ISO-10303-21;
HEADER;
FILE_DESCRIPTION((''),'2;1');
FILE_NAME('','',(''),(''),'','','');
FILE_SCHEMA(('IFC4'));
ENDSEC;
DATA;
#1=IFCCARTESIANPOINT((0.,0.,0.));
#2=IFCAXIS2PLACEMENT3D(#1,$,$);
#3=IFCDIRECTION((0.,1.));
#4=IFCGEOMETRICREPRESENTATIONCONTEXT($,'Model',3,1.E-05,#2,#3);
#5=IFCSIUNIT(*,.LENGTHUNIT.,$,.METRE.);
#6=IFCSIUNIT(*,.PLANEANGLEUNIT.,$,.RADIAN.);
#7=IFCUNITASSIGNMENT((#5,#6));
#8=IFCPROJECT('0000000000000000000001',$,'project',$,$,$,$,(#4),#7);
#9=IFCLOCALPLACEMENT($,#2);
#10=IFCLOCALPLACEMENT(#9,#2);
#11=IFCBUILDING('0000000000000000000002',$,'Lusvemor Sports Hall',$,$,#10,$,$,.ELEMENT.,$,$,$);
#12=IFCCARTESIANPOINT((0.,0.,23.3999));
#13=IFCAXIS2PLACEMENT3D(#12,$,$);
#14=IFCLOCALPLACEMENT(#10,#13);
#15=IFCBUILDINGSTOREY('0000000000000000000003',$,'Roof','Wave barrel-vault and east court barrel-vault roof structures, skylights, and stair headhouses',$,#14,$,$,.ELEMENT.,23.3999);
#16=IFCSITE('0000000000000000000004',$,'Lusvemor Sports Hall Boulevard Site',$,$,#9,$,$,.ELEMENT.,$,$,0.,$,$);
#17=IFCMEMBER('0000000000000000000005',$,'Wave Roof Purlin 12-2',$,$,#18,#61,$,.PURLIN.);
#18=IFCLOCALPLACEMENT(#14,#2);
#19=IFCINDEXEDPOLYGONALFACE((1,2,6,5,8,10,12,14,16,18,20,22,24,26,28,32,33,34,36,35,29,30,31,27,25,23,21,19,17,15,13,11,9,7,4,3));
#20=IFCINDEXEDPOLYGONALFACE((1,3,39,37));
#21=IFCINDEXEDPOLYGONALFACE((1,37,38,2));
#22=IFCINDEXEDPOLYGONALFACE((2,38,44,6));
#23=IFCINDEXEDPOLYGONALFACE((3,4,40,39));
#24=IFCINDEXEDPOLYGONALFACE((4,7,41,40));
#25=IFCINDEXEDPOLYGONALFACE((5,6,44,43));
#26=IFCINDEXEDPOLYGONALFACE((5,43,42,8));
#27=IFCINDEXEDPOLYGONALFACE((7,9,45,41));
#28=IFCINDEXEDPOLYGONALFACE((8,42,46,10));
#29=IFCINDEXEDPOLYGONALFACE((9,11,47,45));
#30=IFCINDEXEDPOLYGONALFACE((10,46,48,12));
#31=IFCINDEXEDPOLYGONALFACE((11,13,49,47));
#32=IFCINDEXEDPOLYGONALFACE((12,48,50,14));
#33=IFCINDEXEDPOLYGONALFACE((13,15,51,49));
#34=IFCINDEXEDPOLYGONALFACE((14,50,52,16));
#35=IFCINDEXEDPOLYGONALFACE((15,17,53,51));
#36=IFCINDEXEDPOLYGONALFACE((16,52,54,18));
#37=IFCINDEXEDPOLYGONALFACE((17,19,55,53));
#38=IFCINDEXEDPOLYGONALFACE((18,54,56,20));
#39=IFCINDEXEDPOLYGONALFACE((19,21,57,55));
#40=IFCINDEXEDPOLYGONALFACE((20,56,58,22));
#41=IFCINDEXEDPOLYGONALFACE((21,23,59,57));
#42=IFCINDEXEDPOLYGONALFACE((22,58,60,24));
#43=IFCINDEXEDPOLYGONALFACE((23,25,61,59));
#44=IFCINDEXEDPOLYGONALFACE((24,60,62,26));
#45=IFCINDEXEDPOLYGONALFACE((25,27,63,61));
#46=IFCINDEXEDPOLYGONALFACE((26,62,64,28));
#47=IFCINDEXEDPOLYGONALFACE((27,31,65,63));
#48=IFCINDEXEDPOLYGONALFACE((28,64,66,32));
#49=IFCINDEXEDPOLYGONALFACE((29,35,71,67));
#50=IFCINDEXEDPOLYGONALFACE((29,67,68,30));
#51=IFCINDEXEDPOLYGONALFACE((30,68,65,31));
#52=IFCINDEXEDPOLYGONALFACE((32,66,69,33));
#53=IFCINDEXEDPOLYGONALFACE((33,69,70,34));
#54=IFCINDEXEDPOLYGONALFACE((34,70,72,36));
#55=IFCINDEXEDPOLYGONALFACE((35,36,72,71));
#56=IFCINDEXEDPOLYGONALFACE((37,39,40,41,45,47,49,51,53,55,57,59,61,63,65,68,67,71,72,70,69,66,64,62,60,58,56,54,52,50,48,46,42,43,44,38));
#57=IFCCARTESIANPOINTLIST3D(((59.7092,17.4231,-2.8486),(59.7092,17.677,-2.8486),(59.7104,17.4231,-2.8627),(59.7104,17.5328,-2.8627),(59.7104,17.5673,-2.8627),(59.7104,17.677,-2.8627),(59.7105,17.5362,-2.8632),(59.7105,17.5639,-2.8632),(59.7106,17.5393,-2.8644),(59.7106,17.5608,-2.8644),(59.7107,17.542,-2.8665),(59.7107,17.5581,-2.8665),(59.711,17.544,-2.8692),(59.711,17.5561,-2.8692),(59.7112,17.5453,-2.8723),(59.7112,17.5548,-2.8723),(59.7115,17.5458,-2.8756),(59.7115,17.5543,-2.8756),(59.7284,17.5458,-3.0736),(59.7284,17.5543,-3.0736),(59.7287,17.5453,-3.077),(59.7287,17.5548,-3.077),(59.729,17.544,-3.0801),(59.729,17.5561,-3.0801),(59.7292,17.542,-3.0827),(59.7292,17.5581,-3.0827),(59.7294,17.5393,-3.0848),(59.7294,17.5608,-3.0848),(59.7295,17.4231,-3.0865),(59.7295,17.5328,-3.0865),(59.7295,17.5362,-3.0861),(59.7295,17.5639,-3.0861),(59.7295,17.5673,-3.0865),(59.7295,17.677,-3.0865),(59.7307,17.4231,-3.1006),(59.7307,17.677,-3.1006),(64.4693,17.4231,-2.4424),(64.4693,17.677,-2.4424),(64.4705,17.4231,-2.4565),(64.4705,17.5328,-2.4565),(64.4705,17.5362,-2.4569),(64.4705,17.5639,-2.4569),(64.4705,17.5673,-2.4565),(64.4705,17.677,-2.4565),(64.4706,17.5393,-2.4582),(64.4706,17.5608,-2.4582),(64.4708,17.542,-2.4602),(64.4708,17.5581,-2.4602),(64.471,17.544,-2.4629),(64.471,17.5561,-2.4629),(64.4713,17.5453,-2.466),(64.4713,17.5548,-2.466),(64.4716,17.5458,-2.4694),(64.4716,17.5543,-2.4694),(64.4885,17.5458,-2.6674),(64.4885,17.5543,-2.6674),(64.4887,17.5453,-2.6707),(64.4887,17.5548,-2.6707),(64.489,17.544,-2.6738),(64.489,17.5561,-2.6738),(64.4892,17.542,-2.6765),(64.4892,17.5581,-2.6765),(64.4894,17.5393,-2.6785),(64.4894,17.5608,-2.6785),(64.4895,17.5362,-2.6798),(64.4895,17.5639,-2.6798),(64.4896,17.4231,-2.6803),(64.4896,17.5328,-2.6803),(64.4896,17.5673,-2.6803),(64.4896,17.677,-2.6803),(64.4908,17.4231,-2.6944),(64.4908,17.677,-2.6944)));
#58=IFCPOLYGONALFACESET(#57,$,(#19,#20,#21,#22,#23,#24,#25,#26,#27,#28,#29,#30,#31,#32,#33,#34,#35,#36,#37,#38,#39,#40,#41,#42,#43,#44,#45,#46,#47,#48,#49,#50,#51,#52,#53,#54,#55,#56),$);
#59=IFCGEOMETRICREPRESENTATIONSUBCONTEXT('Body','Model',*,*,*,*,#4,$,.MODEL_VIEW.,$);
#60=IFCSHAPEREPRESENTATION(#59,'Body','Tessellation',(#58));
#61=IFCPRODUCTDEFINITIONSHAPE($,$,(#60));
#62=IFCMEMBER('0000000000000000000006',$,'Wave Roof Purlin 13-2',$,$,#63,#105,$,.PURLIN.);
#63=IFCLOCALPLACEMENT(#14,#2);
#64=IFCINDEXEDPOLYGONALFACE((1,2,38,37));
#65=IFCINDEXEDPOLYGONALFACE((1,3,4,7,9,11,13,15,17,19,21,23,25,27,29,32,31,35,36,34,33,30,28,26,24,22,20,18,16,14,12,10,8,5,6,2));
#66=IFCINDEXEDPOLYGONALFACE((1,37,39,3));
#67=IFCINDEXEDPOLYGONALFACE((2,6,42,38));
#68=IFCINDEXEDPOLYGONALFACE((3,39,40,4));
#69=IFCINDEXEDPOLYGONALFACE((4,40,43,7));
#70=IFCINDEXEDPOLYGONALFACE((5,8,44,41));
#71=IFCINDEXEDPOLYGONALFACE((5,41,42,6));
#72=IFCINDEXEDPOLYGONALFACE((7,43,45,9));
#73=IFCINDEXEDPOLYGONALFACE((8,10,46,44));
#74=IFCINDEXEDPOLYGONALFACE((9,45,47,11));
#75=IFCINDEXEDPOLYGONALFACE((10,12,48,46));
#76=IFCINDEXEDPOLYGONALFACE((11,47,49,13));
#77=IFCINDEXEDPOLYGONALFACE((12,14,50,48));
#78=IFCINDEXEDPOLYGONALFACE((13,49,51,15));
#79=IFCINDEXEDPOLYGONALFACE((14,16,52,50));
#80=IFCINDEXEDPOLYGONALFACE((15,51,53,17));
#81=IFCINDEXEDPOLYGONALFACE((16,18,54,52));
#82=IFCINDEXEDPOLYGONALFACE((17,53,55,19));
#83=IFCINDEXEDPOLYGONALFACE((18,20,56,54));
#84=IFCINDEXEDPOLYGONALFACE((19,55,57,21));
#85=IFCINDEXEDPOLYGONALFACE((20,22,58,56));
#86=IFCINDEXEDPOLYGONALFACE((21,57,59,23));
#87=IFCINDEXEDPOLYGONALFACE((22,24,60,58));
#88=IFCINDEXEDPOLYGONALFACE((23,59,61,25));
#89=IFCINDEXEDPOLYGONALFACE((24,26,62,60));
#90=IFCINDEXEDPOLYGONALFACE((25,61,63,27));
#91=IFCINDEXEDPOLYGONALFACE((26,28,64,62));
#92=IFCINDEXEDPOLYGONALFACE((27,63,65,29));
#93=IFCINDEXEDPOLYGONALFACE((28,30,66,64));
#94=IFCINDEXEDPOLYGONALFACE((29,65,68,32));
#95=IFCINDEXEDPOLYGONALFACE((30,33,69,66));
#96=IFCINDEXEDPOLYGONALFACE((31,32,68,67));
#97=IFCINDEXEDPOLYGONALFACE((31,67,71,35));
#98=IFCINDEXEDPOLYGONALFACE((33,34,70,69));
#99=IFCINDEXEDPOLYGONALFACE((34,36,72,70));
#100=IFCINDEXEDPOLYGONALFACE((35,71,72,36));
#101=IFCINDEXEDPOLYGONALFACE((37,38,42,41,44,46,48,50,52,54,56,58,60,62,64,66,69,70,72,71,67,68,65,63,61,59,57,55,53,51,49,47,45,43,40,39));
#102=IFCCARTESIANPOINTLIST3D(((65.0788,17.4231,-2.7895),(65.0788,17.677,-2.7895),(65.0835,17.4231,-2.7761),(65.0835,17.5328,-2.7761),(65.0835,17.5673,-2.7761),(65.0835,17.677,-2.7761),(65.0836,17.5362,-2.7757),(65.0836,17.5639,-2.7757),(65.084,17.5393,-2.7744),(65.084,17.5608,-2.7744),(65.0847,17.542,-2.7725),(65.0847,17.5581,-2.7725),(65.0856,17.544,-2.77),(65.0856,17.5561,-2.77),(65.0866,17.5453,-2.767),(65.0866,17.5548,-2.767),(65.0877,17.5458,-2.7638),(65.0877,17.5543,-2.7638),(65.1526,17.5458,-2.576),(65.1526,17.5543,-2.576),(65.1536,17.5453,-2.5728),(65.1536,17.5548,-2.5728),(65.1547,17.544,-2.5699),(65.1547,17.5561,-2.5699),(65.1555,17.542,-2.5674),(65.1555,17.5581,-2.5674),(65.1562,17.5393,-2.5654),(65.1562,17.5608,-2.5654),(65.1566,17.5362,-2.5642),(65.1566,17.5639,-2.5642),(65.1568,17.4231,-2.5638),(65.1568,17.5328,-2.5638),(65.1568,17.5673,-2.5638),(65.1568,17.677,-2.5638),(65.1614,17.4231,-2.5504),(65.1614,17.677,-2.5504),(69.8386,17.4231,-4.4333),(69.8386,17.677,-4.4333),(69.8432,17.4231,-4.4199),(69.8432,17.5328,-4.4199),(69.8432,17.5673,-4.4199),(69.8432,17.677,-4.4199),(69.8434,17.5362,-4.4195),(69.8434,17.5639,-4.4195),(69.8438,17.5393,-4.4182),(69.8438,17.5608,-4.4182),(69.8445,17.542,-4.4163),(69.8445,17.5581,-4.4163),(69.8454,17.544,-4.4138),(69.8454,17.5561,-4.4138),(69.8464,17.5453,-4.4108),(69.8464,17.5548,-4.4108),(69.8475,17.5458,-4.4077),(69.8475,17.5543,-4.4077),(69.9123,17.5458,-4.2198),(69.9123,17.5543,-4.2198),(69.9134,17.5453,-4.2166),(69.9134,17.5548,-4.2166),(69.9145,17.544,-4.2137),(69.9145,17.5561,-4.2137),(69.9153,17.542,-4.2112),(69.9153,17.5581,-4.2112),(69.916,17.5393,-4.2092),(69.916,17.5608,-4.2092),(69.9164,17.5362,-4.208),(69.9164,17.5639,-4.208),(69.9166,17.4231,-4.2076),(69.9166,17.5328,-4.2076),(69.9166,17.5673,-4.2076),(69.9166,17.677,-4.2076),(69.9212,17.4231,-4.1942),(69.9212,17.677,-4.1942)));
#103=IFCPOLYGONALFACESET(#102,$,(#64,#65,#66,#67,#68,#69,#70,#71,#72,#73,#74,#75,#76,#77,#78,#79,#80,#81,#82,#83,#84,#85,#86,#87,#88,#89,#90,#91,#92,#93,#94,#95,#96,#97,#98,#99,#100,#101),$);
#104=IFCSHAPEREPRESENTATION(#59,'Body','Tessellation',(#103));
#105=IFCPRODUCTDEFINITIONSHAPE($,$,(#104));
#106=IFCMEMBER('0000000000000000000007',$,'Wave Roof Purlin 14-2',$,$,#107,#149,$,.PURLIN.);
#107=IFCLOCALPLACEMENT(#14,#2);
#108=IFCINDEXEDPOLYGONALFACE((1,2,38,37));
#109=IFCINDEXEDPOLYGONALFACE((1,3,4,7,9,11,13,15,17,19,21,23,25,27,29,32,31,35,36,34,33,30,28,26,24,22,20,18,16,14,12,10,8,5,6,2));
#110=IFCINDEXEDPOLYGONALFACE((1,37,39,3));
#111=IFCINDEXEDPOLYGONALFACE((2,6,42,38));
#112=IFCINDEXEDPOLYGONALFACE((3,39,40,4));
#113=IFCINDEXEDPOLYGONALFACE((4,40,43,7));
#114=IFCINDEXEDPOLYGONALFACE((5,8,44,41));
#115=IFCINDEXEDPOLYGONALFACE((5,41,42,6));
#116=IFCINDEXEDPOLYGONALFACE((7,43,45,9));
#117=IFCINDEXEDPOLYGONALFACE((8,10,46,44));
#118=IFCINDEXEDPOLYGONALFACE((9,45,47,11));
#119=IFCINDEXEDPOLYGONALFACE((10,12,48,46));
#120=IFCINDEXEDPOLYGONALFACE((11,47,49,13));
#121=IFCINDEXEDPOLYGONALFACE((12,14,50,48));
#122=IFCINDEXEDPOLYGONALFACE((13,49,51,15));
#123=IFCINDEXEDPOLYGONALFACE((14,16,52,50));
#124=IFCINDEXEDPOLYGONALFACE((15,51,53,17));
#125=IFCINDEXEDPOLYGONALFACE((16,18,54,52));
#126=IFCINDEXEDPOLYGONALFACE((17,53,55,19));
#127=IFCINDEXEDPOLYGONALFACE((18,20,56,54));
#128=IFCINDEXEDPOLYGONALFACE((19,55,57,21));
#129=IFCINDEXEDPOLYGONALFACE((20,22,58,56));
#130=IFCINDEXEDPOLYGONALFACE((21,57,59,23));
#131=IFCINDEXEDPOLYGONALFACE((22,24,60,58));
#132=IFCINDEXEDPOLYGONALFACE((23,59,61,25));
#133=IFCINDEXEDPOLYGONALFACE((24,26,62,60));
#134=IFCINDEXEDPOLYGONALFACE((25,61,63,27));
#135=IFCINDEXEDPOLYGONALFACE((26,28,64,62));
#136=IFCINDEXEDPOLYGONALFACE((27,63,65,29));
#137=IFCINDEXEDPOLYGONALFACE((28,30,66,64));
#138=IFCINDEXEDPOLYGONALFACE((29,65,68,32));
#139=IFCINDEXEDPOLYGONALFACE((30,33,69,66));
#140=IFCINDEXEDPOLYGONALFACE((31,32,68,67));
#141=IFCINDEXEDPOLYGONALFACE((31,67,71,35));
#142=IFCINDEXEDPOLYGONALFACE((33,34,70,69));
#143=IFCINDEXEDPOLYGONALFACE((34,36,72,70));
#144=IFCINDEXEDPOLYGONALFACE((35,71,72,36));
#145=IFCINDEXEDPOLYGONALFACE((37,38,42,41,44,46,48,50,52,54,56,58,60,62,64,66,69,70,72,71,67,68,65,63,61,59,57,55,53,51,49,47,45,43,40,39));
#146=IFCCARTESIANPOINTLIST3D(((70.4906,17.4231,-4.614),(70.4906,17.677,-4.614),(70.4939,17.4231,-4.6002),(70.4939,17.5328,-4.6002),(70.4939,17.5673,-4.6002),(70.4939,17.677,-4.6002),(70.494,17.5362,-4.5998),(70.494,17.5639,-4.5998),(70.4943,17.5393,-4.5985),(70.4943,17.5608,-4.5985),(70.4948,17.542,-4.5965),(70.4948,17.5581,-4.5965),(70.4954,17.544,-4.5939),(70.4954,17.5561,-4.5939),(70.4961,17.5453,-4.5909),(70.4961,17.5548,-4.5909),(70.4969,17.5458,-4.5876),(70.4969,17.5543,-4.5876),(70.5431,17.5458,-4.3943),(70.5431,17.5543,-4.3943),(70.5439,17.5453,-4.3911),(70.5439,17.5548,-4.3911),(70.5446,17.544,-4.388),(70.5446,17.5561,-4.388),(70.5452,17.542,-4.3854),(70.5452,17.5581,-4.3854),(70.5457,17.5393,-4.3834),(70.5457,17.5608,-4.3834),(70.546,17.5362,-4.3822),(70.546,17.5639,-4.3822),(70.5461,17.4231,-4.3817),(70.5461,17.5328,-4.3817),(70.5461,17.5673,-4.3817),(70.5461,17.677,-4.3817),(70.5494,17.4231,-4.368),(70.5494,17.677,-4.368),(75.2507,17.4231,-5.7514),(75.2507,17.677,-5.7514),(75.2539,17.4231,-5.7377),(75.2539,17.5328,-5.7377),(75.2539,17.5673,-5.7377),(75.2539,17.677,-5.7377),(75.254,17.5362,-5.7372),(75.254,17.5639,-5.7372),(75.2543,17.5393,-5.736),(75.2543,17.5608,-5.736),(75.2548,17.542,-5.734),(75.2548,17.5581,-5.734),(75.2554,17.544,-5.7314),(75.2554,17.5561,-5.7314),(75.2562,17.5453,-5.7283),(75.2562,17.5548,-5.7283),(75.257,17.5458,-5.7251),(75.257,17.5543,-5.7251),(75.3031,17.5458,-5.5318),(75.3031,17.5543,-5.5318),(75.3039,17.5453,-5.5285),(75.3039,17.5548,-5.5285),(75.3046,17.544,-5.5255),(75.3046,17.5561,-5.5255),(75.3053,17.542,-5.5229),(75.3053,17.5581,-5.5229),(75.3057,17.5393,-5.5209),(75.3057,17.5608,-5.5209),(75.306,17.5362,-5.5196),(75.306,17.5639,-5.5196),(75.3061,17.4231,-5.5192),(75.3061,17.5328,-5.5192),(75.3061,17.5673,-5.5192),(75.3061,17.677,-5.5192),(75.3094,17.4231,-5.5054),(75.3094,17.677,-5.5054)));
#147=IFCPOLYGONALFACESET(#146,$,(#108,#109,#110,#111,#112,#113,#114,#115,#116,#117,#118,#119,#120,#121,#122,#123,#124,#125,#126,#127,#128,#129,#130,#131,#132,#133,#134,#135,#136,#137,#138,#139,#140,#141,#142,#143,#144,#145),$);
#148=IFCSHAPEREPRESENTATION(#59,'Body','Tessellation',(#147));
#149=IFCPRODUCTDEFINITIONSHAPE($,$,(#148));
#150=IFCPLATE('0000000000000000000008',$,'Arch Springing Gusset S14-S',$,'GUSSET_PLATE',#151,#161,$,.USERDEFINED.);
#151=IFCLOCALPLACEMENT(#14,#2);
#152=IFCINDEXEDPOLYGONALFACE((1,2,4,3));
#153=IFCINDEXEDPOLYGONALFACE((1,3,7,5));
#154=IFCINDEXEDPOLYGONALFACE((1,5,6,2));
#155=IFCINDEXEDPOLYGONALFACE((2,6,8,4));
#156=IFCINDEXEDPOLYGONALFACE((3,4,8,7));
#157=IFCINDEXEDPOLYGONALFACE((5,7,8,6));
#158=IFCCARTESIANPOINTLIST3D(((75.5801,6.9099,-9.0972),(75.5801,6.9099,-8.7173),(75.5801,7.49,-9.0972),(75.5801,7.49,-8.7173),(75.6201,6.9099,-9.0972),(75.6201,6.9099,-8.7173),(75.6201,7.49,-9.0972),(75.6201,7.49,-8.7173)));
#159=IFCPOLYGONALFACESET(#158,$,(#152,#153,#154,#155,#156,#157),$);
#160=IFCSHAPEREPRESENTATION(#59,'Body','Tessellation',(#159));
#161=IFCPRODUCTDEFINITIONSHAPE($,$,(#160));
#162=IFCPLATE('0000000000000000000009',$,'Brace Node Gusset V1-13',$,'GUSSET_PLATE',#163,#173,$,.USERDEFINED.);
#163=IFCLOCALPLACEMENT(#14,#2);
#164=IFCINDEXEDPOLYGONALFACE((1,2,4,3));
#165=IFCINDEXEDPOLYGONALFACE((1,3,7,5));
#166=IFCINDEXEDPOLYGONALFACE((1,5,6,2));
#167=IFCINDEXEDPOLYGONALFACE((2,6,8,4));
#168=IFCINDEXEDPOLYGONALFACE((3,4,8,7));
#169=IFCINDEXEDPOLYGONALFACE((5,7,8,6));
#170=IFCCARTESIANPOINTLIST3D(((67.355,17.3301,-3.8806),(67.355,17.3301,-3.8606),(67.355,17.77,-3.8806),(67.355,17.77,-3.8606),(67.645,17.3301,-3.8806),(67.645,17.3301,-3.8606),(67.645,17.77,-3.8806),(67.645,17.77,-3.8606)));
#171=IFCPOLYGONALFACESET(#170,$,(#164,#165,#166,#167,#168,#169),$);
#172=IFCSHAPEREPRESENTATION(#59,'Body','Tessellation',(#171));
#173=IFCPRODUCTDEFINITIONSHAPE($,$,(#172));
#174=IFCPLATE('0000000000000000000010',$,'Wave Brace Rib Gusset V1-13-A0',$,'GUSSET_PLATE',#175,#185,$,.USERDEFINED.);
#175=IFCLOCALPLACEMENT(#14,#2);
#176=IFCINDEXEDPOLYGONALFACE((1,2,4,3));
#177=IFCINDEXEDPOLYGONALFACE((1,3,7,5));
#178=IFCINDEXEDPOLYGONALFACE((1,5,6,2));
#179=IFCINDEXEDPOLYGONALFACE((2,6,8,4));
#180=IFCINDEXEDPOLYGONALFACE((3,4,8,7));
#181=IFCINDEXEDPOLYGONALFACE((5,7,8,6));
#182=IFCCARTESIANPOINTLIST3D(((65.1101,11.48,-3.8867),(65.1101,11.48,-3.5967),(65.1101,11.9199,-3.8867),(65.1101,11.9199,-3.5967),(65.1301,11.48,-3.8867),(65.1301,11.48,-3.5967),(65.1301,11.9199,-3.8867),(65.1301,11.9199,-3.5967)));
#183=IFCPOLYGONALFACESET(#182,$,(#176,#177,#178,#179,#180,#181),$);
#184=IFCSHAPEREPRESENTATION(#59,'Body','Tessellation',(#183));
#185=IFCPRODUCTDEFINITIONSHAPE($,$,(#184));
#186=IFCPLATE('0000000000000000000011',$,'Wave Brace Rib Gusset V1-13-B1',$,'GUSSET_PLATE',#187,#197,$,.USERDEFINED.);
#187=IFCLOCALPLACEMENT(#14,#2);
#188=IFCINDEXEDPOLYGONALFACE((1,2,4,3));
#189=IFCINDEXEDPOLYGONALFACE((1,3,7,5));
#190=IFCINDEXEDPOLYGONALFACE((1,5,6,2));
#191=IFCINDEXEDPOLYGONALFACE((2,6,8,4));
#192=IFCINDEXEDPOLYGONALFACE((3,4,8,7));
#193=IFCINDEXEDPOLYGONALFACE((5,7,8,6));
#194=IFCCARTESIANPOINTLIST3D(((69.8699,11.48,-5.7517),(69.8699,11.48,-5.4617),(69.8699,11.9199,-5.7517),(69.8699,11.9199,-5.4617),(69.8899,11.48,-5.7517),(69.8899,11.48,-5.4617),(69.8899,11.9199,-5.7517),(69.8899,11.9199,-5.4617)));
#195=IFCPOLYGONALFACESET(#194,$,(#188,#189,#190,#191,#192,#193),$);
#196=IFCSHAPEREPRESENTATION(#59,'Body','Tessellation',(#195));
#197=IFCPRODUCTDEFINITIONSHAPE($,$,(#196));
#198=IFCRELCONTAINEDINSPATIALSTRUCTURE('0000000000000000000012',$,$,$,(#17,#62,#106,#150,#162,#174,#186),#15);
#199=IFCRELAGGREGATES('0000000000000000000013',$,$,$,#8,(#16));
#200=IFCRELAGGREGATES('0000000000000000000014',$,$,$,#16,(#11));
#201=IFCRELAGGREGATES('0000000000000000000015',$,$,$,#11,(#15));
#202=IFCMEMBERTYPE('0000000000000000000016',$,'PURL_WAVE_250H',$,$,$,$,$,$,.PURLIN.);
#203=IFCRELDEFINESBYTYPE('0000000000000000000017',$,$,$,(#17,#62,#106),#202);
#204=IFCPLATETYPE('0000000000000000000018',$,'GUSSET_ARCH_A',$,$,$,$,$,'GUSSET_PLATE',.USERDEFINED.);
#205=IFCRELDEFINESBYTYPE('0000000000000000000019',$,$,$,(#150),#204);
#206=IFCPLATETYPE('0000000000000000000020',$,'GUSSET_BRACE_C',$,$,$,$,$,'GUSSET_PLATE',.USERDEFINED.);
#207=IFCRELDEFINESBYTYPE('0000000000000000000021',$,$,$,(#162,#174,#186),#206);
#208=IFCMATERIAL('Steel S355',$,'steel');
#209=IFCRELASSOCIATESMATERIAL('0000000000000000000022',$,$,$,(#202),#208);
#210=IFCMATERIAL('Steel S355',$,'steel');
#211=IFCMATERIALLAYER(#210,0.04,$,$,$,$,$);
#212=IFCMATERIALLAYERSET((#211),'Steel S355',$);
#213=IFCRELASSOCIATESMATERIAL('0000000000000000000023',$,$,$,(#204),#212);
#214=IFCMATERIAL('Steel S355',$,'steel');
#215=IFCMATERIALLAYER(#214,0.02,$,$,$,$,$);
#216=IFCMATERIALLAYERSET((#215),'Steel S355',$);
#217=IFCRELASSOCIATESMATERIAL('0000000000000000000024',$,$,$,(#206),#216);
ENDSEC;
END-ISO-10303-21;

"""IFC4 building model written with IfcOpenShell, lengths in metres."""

from ifc_helpers import new_model, si_unit, direction, frame, origin, origin_2d, place, context, subcontext, project, spatial, rectangle, i_section, extrude, material, layer, layer_set, material_profile, profile_set, type_object, element, save


model = new_model("IFC4")

# Units and contexts
model_context = context("Model", 3, precision=1e-05, world=origin(), true_north=direction((0.0, 1.0)))
body_context = subcontext(model_context, "Body", "Model", "MODEL_VIEW")
ifc_project = project(units=[si_unit("LENGTHUNIT", "METRE"), si_unit("PLANEANGLEUNIT", "RADIAN")], contexts=[model_context])

# Site, building, storey
site_placement = place(None, origin())
site = spatial("IfcSite", under=ifc_project, at=site_placement, Name="Lusvemor Sports Hall Boulevard Site", CompositionType="ELEMENT", RefElevation=0.0)
building_placement = place(site_placement, origin())
building = spatial("IfcBuilding", under=site, at=building_placement, Name="Lusvemor Sports Hall", CompositionType="ELEMENT")
storey_placement = place(building_placement, frame((0.0, 0.0, 23.3999)))
storey = spatial("IfcBuildingStorey", under=building, at=storey_placement, Name="Roof", Description="Wave barrel-vault and east court barrel-vault roof structures, skylights, and stair headhouses", CompositionType="ELEMENT", Elevation=23.3999)

# Members
ifc_material_1 = material(Name="Steel S355", Category="steel")
ifc_material_profile_1 = material_profile(ifc_material_1, i_section(OverallWidth=0.2539, OverallDepth=0.2529, WebThickness=0.0085, FlangeThickness=0.0142, FilletRadius=0.0129, at=origin_2d()), Name="W250x73.0")
ifc_profile_set_1 = profile_set([ifc_material_profile_1], Name="Steel S355")
member_type_1 = type_object("IfcMemberType", Name="PURL_WAVE_250H", PredefinedType="PURLIN", material=ifc_profile_set_1)
member_1_placement = place(storey_placement, frame((59.72, 17.55, -2.9746), z_axis=(0.996378, 0.0, 0.085037), x_axis=(0.0, 1.0, 0.0)))
element("IfcMember", 1, at=member_1_placement, inside=storey, type_object=member_type_1, Name="Wave Roof Purlin 12-2", PredefinedType="PURLIN", context=body_context, shape_type="SweptSolid", body=[
    extrude(i_section(OverallWidth=0.2539, OverallDepth=0.2529, WebThickness=0.0085, FlangeThickness=0.0142, FilletRadius=0.0129, at=origin_2d()), origin(), (0.0, 0.0, 1.0), 4.7773),
])
member_2_placement = place(storey_placement, frame((65.1201, 17.55, -2.6699), z_axis=(0.94522, 0.0, -0.326434), x_axis=(0.0, 1.0, 0.0)))
element("IfcMember", 2, at=member_2_placement, inside=storey, type_object=member_type_1, Name="Wave Roof Purlin 13-2", PredefinedType="PURLIN", context=body_context, shape_type="SweptSolid", body=[
    extrude(i_section(OverallWidth=0.2539, OverallDepth=0.2529, WebThickness=0.0085, FlangeThickness=0.0142, FilletRadius=0.0129, at=origin_2d()), origin(), (0.0, 0.0, 1.0), 5.0356),
])
member_3_placement = place(storey_placement, frame((70.52, 17.55, -4.491), z_axis=(0.972616, 0.0, -0.232416), x_axis=(0.0, 1.0, 0.0)))
element("IfcMember", 3, at=member_3_placement, inside=storey, type_object=member_type_1, Name="Wave Roof Purlin 14-2", PredefinedType="PURLIN", context=body_context, shape_type="SweptSolid", body=[
    extrude(i_section(OverallWidth=0.2539, OverallDepth=0.2529, WebThickness=0.0085, FlangeThickness=0.0142, FilletRadius=0.0129, at=origin_2d()), origin(), (0.0, 0.0, 1.0), 4.894),
])

# Plates
ifc_material_2 = material(Name="Steel S355", Category="steel")
ifc_layer_1 = layer(ifc_material_2, 0.04)
ifc_layer_set_1 = layer_set([ifc_layer_1], Name="Steel S355")
plate_type_1 = type_object("IfcPlateType", Name="GUSSET_ARCH_A", ElementType="GUSSET_PLATE", PredefinedType="USERDEFINED", material=ifc_layer_set_1)
plate_1_placement = place(storey_placement, frame((75.6001, 7.2, -9.0972), z_axis=(0.0, 0.0, 1.0), x_axis=(1.0, 0.0, 0.0)))
element("IfcPlate", 4, at=plate_1_placement, inside=storey, type_object=plate_type_1, Name="Arch Springing Gusset S14-S", ObjectType="GUSSET_PLATE", PredefinedType="USERDEFINED", context=body_context, shape_type="SweptSolid", body=[
    extrude(rectangle(XDim=0.04, YDim=0.5801, at=origin_2d()), origin(), (0.0, 0.0, 1.0), 0.3799),
])
ifc_material_3 = material(Name="Steel S355", Category="steel")
ifc_layer_2 = layer(ifc_material_3, 0.02)
ifc_layer_set_2 = layer_set([ifc_layer_2], Name="Steel S355")
plate_type_2 = type_object("IfcPlateType", Name="GUSSET_BRACE_C", ElementType="GUSSET_PLATE", PredefinedType="USERDEFINED", material=ifc_layer_set_2)
plate_2_placement = place(storey_placement, frame((67.5, 17.55, -3.8806), z_axis=(0.0, 0.0, 1.0), x_axis=(1.0, 0.0, 0.0)))
element("IfcPlate", 5, at=plate_2_placement, inside=storey, type_object=plate_type_2, Name="Brace Node Gusset V1-13", ObjectType="GUSSET_PLATE", PredefinedType="USERDEFINED", context=body_context, shape_type="SweptSolid", body=[
    extrude(rectangle(XDim=0.29, YDim=0.4399, at=origin_2d()), origin(), (0.0, 0.0, 1.0), 0.02),
])
for number, where, z_axis, x_axis, name in (
    (6, (65.1201, 11.7, -3.8867), (0.0, 0.0, 1.0), (1.0, 0.0, 0.0), "Wave Brace Rib Gusset V1-13-A0"),
    (7, (69.8799, 11.7, -5.7517), (0.0, 0.0, 1.0), (1.0, 0.0, 0.0), "Wave Brace Rib Gusset V1-13-B1"),
):
    element("IfcPlate", number, at=place(storey_placement, frame(where, z_axis=z_axis, x_axis=x_axis)), inside=storey, type_object=plate_type_2, Name=name, ObjectType="GUSSET_PLATE", PredefinedType="USERDEFINED", context=body_context, shape_type="SweptSolid", body=[
        extrude(rectangle(XDim=0.02, YDim=0.4399, at=origin_2d()), origin(), (0.0, 0.0, 1.0), 0.29),
    ])

save(model, "model.ifc")
